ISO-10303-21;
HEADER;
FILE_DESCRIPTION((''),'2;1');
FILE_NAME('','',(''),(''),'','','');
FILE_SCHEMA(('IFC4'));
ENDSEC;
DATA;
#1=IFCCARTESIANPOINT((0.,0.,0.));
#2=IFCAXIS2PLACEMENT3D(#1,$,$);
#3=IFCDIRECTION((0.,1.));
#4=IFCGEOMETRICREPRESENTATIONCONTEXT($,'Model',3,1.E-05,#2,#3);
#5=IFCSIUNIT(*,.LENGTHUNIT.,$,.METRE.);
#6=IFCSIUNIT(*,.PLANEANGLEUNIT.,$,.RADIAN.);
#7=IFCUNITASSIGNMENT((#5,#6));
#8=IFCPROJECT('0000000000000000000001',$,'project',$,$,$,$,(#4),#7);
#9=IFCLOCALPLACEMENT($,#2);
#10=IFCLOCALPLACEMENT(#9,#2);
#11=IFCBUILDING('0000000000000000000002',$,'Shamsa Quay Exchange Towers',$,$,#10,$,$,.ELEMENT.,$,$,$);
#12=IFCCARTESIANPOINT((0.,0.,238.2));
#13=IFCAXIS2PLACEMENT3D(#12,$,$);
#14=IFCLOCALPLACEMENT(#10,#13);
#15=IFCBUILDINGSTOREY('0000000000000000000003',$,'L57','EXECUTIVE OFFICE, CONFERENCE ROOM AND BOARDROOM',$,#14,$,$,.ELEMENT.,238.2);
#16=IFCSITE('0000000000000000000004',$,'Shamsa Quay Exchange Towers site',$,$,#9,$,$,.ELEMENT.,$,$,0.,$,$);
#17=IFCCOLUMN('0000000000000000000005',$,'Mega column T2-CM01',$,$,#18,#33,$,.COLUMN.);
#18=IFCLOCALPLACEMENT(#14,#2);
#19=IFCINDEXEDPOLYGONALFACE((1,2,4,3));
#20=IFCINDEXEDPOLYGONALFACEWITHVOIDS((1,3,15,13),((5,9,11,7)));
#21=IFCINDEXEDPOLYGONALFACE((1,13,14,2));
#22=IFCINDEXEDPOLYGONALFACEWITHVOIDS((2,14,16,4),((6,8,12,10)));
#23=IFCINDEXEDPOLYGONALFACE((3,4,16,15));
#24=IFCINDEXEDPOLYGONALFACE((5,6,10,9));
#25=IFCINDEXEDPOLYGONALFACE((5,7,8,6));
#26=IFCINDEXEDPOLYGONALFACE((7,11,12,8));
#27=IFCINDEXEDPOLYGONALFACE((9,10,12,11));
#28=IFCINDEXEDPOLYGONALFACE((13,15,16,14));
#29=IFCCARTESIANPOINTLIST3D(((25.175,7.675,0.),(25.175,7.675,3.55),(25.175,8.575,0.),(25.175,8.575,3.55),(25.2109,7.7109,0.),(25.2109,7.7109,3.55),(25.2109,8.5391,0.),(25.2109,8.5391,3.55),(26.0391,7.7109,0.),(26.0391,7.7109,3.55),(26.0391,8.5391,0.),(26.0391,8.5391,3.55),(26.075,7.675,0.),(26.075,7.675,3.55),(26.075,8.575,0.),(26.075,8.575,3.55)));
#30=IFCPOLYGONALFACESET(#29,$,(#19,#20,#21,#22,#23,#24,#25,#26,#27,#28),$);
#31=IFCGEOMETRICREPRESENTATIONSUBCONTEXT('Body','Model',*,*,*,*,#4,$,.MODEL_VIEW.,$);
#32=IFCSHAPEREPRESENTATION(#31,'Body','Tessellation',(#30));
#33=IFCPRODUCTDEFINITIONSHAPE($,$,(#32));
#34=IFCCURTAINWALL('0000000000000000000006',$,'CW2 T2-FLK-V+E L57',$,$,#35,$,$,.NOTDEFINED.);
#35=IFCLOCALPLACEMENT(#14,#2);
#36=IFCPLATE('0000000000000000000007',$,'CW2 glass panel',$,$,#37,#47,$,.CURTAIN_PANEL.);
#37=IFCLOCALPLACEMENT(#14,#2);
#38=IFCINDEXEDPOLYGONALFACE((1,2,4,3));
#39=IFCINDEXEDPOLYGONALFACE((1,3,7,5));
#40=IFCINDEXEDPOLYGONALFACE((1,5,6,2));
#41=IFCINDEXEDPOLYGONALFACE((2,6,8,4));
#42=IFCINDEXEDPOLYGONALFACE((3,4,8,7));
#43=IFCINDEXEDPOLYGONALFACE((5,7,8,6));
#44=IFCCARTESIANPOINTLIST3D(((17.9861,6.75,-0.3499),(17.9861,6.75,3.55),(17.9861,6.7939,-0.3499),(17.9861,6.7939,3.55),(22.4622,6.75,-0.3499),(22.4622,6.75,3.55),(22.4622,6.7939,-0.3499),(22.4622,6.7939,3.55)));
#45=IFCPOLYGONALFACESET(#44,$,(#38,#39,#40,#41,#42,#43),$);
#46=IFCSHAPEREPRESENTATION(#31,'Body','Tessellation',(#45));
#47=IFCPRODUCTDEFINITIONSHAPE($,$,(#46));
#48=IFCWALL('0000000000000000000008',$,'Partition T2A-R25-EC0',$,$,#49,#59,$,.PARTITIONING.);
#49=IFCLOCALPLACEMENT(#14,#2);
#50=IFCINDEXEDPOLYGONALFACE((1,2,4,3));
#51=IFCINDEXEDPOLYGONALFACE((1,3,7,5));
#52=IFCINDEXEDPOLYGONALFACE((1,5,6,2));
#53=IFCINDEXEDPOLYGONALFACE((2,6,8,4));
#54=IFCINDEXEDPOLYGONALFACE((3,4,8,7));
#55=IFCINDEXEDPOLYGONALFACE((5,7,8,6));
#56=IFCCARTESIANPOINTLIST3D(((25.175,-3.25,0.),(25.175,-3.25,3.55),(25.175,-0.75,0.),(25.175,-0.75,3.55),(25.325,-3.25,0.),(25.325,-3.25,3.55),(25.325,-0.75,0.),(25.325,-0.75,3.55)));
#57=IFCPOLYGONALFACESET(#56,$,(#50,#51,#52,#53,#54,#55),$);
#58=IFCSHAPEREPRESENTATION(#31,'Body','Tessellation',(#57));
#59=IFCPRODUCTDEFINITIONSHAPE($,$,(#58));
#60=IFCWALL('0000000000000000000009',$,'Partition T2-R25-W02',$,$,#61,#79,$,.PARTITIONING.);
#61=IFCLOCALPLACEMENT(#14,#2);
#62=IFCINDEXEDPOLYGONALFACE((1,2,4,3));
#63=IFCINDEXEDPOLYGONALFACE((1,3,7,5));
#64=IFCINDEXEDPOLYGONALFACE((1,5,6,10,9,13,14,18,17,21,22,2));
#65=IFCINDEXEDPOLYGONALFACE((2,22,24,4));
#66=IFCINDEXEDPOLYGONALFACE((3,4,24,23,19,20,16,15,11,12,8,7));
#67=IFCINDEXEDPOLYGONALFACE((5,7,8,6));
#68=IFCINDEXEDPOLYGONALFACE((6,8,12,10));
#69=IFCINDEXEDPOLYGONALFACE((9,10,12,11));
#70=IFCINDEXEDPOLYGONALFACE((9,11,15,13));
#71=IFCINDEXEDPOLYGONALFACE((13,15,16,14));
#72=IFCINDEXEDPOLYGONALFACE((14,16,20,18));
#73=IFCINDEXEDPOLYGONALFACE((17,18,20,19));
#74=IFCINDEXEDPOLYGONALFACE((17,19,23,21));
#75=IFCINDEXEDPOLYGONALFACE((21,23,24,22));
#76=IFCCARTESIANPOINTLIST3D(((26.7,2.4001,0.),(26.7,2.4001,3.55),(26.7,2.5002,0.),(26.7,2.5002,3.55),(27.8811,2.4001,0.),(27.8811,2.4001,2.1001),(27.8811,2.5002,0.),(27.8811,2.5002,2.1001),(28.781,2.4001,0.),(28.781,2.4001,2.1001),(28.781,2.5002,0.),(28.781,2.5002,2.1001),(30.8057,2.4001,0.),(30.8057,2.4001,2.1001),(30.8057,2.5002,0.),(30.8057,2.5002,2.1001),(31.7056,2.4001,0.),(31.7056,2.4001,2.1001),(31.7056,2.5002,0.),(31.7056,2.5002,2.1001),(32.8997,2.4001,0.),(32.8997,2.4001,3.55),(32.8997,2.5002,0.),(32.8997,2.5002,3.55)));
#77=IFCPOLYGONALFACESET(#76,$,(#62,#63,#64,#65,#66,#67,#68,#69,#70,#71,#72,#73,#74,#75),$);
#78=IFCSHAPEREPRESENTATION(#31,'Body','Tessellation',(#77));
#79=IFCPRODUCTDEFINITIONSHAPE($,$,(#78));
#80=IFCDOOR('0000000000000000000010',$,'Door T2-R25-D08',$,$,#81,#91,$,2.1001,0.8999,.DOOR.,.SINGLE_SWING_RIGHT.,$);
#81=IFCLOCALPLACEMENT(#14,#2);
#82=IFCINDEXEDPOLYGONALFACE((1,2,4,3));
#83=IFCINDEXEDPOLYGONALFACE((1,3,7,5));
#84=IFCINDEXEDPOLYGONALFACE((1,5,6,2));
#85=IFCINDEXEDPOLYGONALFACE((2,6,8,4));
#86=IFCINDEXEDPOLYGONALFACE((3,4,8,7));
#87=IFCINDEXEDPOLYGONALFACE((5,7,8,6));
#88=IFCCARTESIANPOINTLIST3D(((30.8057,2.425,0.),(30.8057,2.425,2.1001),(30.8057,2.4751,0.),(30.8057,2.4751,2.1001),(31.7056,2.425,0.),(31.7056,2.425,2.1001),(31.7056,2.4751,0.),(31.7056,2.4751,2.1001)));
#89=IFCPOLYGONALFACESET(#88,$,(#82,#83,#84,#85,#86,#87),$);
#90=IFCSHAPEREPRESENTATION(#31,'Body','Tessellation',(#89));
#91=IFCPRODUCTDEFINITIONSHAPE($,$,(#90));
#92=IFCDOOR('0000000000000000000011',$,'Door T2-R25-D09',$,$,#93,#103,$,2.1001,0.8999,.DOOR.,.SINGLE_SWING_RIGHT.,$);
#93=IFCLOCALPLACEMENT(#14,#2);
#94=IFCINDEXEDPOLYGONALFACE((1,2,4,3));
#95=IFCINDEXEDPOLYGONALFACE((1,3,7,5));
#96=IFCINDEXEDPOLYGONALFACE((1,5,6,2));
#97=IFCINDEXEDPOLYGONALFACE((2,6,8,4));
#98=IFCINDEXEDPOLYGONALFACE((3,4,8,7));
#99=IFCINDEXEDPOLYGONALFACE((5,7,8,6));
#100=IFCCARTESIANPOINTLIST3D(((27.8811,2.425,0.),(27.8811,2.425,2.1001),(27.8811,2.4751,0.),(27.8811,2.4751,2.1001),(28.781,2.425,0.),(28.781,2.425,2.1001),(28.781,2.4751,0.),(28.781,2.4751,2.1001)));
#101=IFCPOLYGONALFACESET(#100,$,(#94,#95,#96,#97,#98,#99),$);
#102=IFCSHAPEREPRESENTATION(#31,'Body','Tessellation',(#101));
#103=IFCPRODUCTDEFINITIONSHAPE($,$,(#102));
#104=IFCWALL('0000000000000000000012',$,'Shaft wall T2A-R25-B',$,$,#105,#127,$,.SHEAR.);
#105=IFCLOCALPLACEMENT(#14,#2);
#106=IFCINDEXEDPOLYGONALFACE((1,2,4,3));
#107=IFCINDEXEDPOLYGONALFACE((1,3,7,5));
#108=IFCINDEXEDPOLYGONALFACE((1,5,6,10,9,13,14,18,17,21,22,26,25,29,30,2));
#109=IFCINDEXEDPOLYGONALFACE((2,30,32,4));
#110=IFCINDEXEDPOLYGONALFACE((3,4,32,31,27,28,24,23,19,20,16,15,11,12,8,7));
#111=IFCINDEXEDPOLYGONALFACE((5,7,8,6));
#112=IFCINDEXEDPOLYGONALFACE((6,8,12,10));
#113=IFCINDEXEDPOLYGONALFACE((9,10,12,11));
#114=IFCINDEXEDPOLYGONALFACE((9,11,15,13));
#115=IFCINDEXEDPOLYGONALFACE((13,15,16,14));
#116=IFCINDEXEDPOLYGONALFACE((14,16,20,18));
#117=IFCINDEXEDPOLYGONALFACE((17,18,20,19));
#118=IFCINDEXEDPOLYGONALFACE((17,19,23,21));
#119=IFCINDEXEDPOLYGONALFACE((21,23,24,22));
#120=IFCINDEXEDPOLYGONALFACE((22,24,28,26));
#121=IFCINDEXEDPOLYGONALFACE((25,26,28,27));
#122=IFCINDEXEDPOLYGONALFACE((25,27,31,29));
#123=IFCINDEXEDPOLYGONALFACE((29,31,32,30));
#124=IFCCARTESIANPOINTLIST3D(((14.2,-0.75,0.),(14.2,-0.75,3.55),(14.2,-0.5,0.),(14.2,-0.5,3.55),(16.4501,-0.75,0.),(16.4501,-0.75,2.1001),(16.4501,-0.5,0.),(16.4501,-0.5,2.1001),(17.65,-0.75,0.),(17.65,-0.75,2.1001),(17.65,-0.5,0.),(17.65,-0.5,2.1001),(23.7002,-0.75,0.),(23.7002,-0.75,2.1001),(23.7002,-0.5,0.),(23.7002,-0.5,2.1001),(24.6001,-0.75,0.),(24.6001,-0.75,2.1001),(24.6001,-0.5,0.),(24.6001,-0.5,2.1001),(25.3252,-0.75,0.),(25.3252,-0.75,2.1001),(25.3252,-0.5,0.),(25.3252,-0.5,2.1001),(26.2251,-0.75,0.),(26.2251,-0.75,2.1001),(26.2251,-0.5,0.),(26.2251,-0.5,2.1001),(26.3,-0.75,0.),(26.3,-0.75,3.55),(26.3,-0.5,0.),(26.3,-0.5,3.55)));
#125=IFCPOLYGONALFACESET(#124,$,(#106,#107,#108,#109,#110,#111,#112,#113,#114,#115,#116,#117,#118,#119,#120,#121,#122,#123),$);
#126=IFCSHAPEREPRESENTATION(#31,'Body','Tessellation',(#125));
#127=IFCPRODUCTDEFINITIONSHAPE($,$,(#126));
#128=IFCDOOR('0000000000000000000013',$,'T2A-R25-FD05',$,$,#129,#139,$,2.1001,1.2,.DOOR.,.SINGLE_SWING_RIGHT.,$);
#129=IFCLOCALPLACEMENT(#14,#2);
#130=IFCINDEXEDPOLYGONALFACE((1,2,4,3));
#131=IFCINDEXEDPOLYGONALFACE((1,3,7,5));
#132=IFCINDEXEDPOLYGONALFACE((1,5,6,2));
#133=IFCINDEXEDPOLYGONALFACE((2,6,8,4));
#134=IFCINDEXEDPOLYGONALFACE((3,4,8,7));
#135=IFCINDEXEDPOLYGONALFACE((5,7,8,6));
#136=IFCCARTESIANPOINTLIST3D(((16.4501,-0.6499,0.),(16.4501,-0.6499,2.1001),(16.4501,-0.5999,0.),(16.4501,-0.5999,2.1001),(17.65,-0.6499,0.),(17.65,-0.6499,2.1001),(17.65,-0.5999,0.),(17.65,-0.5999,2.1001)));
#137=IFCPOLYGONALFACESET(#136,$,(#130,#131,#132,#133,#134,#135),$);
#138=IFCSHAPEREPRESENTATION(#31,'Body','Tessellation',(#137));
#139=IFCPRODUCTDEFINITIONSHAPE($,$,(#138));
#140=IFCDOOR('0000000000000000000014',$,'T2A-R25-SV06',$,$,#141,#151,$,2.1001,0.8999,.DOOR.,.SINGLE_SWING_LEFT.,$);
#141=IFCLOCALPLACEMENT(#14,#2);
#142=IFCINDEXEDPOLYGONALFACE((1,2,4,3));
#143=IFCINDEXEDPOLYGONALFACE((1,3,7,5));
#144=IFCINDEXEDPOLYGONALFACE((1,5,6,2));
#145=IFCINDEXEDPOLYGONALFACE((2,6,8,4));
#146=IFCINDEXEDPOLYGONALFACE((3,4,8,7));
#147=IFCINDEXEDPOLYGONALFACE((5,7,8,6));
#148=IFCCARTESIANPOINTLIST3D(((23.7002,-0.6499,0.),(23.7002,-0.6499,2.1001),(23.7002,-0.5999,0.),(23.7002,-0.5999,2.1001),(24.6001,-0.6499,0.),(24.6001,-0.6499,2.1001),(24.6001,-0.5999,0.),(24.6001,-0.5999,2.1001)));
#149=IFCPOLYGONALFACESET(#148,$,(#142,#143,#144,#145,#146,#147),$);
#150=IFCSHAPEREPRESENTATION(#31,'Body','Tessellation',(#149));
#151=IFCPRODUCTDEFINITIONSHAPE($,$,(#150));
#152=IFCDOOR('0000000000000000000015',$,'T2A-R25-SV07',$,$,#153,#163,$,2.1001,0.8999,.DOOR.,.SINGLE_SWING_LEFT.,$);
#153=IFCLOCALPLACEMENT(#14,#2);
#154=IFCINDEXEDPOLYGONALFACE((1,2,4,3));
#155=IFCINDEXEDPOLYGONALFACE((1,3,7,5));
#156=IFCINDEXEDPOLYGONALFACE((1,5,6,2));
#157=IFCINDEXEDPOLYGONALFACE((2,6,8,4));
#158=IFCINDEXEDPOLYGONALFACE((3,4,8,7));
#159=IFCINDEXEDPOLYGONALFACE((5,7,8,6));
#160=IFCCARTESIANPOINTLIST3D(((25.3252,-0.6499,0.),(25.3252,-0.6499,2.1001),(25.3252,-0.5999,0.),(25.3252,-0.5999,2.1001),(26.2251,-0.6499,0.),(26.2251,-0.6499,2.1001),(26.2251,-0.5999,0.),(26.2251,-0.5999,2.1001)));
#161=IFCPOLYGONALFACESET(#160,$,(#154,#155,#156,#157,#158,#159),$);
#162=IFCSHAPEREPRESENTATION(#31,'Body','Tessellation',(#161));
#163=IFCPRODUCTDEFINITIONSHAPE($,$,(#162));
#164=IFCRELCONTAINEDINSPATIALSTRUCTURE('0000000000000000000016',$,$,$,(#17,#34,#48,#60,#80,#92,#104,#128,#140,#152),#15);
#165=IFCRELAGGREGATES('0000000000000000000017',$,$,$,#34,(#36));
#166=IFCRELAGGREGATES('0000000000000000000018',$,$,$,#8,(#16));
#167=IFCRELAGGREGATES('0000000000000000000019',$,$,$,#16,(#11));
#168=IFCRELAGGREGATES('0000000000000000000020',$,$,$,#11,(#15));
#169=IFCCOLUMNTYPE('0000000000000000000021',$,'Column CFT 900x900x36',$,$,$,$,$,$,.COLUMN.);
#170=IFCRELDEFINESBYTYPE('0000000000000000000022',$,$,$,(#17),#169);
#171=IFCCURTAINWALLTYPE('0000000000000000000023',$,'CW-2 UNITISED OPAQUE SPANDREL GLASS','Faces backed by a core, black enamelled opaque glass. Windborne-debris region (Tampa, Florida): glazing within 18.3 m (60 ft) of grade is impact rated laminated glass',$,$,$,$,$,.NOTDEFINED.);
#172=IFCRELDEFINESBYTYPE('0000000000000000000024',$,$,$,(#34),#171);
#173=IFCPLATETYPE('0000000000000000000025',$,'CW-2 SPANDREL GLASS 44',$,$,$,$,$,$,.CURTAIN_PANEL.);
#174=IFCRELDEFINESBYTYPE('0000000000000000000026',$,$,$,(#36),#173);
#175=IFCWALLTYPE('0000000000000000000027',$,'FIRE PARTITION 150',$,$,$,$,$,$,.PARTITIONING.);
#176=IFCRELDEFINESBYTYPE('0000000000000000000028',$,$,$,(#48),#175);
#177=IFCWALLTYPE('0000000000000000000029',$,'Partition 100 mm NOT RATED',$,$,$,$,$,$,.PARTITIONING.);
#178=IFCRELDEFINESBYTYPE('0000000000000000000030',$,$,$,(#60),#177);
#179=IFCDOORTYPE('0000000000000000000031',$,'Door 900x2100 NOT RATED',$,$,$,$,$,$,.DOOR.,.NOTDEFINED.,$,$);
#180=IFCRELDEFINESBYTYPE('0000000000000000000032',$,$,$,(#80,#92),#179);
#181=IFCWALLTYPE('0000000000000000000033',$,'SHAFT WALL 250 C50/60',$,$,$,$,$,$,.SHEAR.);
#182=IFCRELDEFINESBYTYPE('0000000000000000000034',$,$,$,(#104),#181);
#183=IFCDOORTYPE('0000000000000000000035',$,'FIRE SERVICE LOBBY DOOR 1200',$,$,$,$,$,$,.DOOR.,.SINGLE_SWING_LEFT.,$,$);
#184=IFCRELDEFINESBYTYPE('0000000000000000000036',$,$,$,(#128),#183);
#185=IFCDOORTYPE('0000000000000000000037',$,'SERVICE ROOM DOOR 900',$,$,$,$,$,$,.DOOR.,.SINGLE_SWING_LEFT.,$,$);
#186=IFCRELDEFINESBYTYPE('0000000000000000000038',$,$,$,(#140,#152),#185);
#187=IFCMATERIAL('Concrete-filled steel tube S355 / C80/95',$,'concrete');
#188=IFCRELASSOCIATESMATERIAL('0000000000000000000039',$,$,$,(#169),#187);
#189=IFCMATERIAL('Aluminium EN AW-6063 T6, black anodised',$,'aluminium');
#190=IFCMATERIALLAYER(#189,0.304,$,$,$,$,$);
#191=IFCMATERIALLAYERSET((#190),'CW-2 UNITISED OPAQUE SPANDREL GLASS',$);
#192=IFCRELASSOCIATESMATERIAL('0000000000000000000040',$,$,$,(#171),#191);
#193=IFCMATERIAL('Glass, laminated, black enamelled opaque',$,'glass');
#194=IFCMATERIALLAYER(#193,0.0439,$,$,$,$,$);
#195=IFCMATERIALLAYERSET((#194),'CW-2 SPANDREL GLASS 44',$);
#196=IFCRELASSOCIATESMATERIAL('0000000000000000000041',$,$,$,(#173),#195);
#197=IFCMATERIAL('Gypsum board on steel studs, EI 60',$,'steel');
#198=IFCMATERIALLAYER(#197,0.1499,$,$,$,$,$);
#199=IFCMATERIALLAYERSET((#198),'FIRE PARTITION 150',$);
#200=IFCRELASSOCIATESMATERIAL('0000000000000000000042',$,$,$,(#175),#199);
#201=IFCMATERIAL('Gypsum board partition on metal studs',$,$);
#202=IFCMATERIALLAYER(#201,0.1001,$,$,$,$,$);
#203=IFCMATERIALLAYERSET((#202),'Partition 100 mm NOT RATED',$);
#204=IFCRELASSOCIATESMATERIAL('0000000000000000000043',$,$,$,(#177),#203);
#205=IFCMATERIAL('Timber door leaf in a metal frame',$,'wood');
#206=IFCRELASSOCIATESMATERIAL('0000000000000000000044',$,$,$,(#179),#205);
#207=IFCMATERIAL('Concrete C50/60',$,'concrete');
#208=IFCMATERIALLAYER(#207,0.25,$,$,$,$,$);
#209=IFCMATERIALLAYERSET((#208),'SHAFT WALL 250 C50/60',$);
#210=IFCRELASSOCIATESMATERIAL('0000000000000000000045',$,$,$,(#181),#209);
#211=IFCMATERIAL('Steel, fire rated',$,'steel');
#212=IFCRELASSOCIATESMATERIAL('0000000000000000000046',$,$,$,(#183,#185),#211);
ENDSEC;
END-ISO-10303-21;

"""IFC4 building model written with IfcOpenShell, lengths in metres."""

from ifc_helpers import new_model, si_unit, direction, frame, frame_2d, origin, origin_2d, place, context, subcontext, project, spatial, rectangle, hollow_rectangle, extrude, material, layer, layer_set, material_profile, profile_set, type_object, element, fill, aggregate, save


model = new_model("IFC4")

# Units and contexts
model_context = context("Model", 3, precision=1e-05, world=origin(), true_north=direction((0.0, 1.0)))
body_context = subcontext(model_context, "Body", "Model", "MODEL_VIEW")
ifc_project = project(units=[si_unit("LENGTHUNIT", "METRE"), si_unit("PLANEANGLEUNIT", "RADIAN")], contexts=[model_context])

# Site, building, storey
site_placement = place(None, origin())
site = spatial("IfcSite", under=ifc_project, at=site_placement, Name="Shamsa Quay Exchange Towers site", CompositionType="ELEMENT", RefElevation=0.0)
building_placement = place(site_placement, origin())
building = spatial("IfcBuilding", under=site, at=building_placement, Name="Shamsa Quay Exchange Towers", CompositionType="ELEMENT")
storey_placement = place(building_placement, frame((0.0, 0.0, 238.2)))
storey = spatial("IfcBuildingStorey", under=building, at=storey_placement, Name="L57", Description="EXECUTIVE OFFICE, CONFERENCE ROOM AND BOARDROOM", CompositionType="ELEMENT", Elevation=238.2)

# Column
ifc_material_1 = material(Name="Concrete-filled steel tube S355 / C80/95", Category="concrete")
ifc_material_profile = material_profile(ifc_material_1, hollow_rectangle(XDim=0.8999, YDim=0.8999, WallThickness=0.0359, at=origin_2d()), Name="CFT 900x900x36")
ifc_profile_set = profile_set([ifc_material_profile], Name="Concrete-filled steel tube S355 / C80/95")
column_type = type_object("IfcColumnType", Name="Column CFT 900x900x36", PredefinedType="COLUMN", material=ifc_profile_set)
column_placement = place(storey_placement, frame((25.625, 8.125, 0.0)))
element("IfcColumn", 1, at=column_placement, inside=storey, type_object=column_type, Name="Mega column T2-CM01", PredefinedType="COLUMN", context=body_context, shape_type="SweptSolid", body=[
    extrude(hollow_rectangle(XDim=0.8999, YDim=0.8999, WallThickness=0.0359, at=origin_2d()), origin(), (0.0, 0.0, 1.0), 3.55),
])

# Curtain wall, plate
ifc_material_2 = material(Name="Aluminium EN AW-6063 T6, black anodised", Category="aluminium")
ifc_layer_1 = layer(ifc_material_2, 0.304)
ifc_layer_set_1 = layer_set([ifc_layer_1], Name="CW-2 UNITISED OPAQUE SPANDREL GLASS")
curtain_wall_type = type_object("IfcCurtainWallType", Name="CW-2 UNITISED OPAQUE SPANDREL GLASS", Description="Faces backed by a core, black enamelled opaque glass. Windborne-debris region (Tampa, Florida): glazing within 18.3 m (60 ft) of grade is impact rated laminated glass", PredefinedType="NOTDEFINED", material=ifc_layer_set_1)
curtain_wall_placement = place(storey_placement, origin())
curtain_wall = element("IfcCurtainWall", 2, at=curtain_wall_placement, inside=storey, type_object=curtain_wall_type, Name="CW2 T2-FLK-V+E L57", PredefinedType="NOTDEFINED")
ifc_material_3 = material(Name="Glass, laminated, black enamelled opaque", Category="glass")
ifc_layer_2 = layer(ifc_material_3, 0.0439)
ifc_layer_set_2 = layer_set([ifc_layer_2], Name="CW-2 SPANDREL GLASS 44")
plate_type = type_object("IfcPlateType", Name="CW-2 SPANDREL GLASS 44", PredefinedType="CURTAIN_PANEL", material=ifc_layer_set_2)
plate_placement = place(storey_placement, frame((20.2241, 6.772, -0.3499), z_axis=(0.0, 0.0, 1.0), x_axis=(-1.0, 0.0, 0.0)))
plate = element("IfcPlate", 3, at=plate_placement, type_object=plate_type, Name="CW2 glass panel", PredefinedType="CURTAIN_PANEL", context=body_context, shape_type="SweptSolid", body=[
    extrude(rectangle(XDim=4.4761, YDim=0.0439, at=origin_2d()), origin(), (0.0, 0.0, 1.0), 3.8999),
])
aggregate(curtain_wall, [plate])

# Shared definitions
ifc_material_4 = material(Name="Steel, fire rated", Category="steel")

# Wall
ifc_material_5 = material(Name="Gypsum board on steel studs, EI 60", Category="steel")
ifc_layer_3 = layer(ifc_material_5, 0.1499)
ifc_layer_set_3 = layer_set([ifc_layer_3], Name="FIRE PARTITION 150")
wall_type_1 = type_object("IfcWallType", Name="FIRE PARTITION 150", PredefinedType="PARTITIONING", material=ifc_layer_set_3)
wall_1_placement = place(storey_placement, frame((25.25, -3.25, 0.0), z_axis=(0.0, 0.0, 1.0), x_axis=(0.0, 1.0, 0.0)))
element("IfcWall", 4, at=wall_1_placement, inside=storey, type_object=wall_type_1, Name="Partition T2A-R25-EC0", PredefinedType="PARTITIONING", context=body_context, shape_type="SweptSolid", body=[
    extrude(rectangle(XDim=2.5, YDim=0.1499, at=frame_2d((1.25, 0.0))), origin(), (0.0, 0.0, 1.0), 3.55),
])

# Walls, openings, doors
ifc_material_6 = material(Name="Gypsum board partition on metal studs")
ifc_layer_4 = layer(ifc_material_6, 0.1001)
ifc_layer_set_4 = layer_set([ifc_layer_4], Name="Partition 100 mm NOT RATED")
wall_type_2 = type_object("IfcWallType", Name="Partition 100 mm NOT RATED", PredefinedType="PARTITIONING", material=ifc_layer_set_4)
wall_2_placement = place(storey_placement, frame((26.7, 2.4502, 0.0)))
wall_2 = element("IfcWall", 5, at=wall_2_placement, inside=storey, type_object=wall_type_2, Name="Partition T2-R25-W02", PredefinedType="PARTITIONING", context=body_context, shape_type="SweptSolid", body=[
    extrude(rectangle(XDim=6.1997, YDim=0.1001, at=frame_2d((3.0999, 0.0))), origin(), (0.0, 0.0, 1.0), 3.55),
])
opening_1_placement = place(wall_2_placement, frame((4.1057, 0.0, 0.0)))
opening_1 = element("IfcOpeningElement", 6, at=opening_1_placement, cuts=wall_2, PredefinedType="OPENING", context=body_context, shape_type="SweptSolid", body=[
    extrude(rectangle(XDim=0.8999, YDim=2.1001, at=frame_2d((0.45, 1.05))), frame((0.0, 0.0601, 0.0), z_axis=(0.0, -1.0, 0.0), x_axis=(1.0, 0.0, 0.0)), (0.0, 0.0, 1.0), 0.1201),
])
opening_2_placement = place(wall_2_placement, frame((1.1812, 0.0, 0.0)))
opening_2 = element("IfcOpeningElement", 7, at=opening_2_placement, cuts=wall_2, PredefinedType="OPENING", context=body_context, shape_type="SweptSolid", body=[
    extrude(rectangle(XDim=0.8999, YDim=2.1001, at=frame_2d((0.45, 1.05))), frame((0.0, 0.0601, 0.0), z_axis=(0.0, -1.0, 0.0), x_axis=(1.0, 0.0, 0.0)), (0.0, 0.0, 1.0), 0.1201),
])
ifc_material_7 = material(Name="Timber door leaf in a metal frame", Category="wood")
door_type_1 = type_object("IfcDoorType", Name="Door 900x2100 NOT RATED", OperationType="NOTDEFINED", PredefinedType="DOOR", material=ifc_material_7)
door_1_placement = place(opening_1_placement, origin())
door_1 = element("IfcDoor", 8, at=door_1_placement, inside=storey, type_object=door_type_1, Name="Door T2-R25-D08", OperationType="SINGLE_SWING_RIGHT", OverallHeight=2.1001, OverallWidth=0.8999, PredefinedType="DOOR", context=body_context, shape_type="SweptSolid", body=[
    extrude(rectangle(XDim=0.8999, YDim=2.1001, at=frame_2d((0.45, 1.05))), frame((0.0, 0.0249, 0.0), z_axis=(0.0, -1.0, 0.0), x_axis=(1.0, 0.0, 0.0)), (0.0, 0.0, 1.0), 0.05),
])
fill(opening_1, door_1)
door_2_placement = place(opening_2_placement, origin())
door_2 = element("IfcDoor", 9, at=door_2_placement, inside=storey, type_object=door_type_1, Name="Door T2-R25-D09", OperationType="SINGLE_SWING_RIGHT", OverallHeight=2.1001, OverallWidth=0.8999, PredefinedType="DOOR", context=body_context, shape_type="SweptSolid", body=[
    extrude(rectangle(XDim=0.8999, YDim=2.1001, at=frame_2d((0.45, 1.05))), frame((0.0, 0.0249, 0.0), z_axis=(0.0, -1.0, 0.0), x_axis=(1.0, 0.0, 0.0)), (0.0, 0.0, 1.0), 0.05),
])
fill(opening_2, door_2)
ifc_material_8 = material(Name="Concrete C50/60", Category="concrete")
ifc_layer_5 = layer(ifc_material_8, 0.25)
ifc_layer_set_5 = layer_set([ifc_layer_5], Name="SHAFT WALL 250 C50/60")
wall_type_3 = type_object("IfcWallType", Name="SHAFT WALL 250 C50/60", PredefinedType="SHEAR", material=ifc_layer_set_5)
wall_3_placement = place(storey_placement, frame((26.3, -0.625, 0.0), z_axis=(0.0, 0.0, 1.0), x_axis=(-1.0, 0.0, 0.0)))
wall_3 = element("IfcWall", 10, at=wall_3_placement, inside=storey, type_object=wall_type_3, Name="Shaft wall T2A-R25-B", PredefinedType="SHEAR", context=body_context, shape_type="SweptSolid", body=[
    extrude(rectangle(XDim=12.1001, YDim=0.25, at=frame_2d((6.05, 0.0))), origin(), (0.0, 0.0, 1.0), 3.55),
])
opening_3_placement = place(wall_3_placement, frame((8.6499, 0.0, 0.0)))
opening_3 = element("IfcOpeningElement", 11, at=opening_3_placement, cuts=wall_3, PredefinedType="OPENING", context=body_context, shape_type="SweptSolid", body=[
    extrude(rectangle(XDim=1.2, YDim=2.1001, at=frame_2d((0.6001, 1.05))), frame((0.0, 0.135, 0.0), z_axis=(0.0, -1.0, 0.0), x_axis=(1.0, 0.0, 0.0)), (0.0, 0.0, 1.0), 0.27),
])
opening_4_placement = place(wall_3_placement, frame((1.7, 0.0, 0.0)))
opening_4 = element("IfcOpeningElement", 12, at=opening_4_placement, cuts=wall_3, PredefinedType="OPENING", context=body_context, shape_type="SweptSolid", body=[
    extrude(rectangle(XDim=0.8999, YDim=2.1001, at=frame_2d((0.45, 1.05))), frame((0.0, 0.135, 0.0), z_axis=(0.0, -1.0, 0.0), x_axis=(1.0, 0.0, 0.0)), (0.0, 0.0, 1.0), 0.27),
])
opening_5_placement = place(wall_3_placement, frame((0.075, 0.0, 0.0)))
opening_5 = element("IfcOpeningElement", 13, at=opening_5_placement, cuts=wall_3, PredefinedType="OPENING", context=body_context, shape_type="SweptSolid", body=[
    extrude(rectangle(XDim=0.8999, YDim=2.1001, at=frame_2d((0.45, 1.05))), frame((0.0, 0.135, 0.0), z_axis=(0.0, -1.0, 0.0), x_axis=(1.0, 0.0, 0.0)), (0.0, 0.0, 1.0), 0.27),
])
door_type_2 = type_object("IfcDoorType", Name="FIRE SERVICE LOBBY DOOR 1200", OperationType="SINGLE_SWING_LEFT", PredefinedType="DOOR", material=ifc_material_4)
door_3_placement = place(opening_3_placement, origin())
door_3 = element("IfcDoor", 14, at=door_3_placement, inside=storey, type_object=door_type_2, Name="T2A-R25-FD05", OperationType="SINGLE_SWING_RIGHT", OverallHeight=2.1001, OverallWidth=1.2, PredefinedType="DOOR", context=body_context, shape_type="SweptSolid", body=[
    extrude(rectangle(XDim=1.2, YDim=2.1001, at=frame_2d((0.6001, 1.05))), frame((0.0, 0.0249, 0.0), z_axis=(0.0, -1.0, 0.0), x_axis=(1.0, 0.0, 0.0)), (0.0, 0.0, 1.0), 0.05),
])
fill(opening_3, door_3)
door_type_3 = type_object("IfcDoorType", Name="SERVICE ROOM DOOR 900", OperationType="SINGLE_SWING_LEFT", PredefinedType="DOOR", material=ifc_material_4)
door_4_placement = place(opening_4_placement, origin())
door_4 = element("IfcDoor", 15, at=door_4_placement, inside=storey, type_object=door_type_3, Name="T2A-R25-SV06", OperationType="SINGLE_SWING_LEFT", OverallHeight=2.1001, OverallWidth=0.8999, PredefinedType="DOOR", context=body_context, shape_type="SweptSolid", body=[
    extrude(rectangle(XDim=0.8999, YDim=2.1001, at=frame_2d((0.45, 1.05))), frame((0.0, 0.0249, 0.0), z_axis=(0.0, -1.0, 0.0), x_axis=(1.0, 0.0, 0.0)), (0.0, 0.0, 1.0), 0.05),
])
fill(opening_4, door_4)
door_5_placement = place(opening_5_placement, origin())
door_5 = element("IfcDoor", 16, at=door_5_placement, inside=storey, type_object=door_type_3, Name="T2A-R25-SV07", OperationType="SINGLE_SWING_LEFT", OverallHeight=2.1001, OverallWidth=0.8999, PredefinedType="DOOR", context=body_context, shape_type="SweptSolid", body=[
    extrude(rectangle(XDim=0.8999, YDim=2.1001, at=frame_2d((0.45, 1.05))), frame((0.0, 0.0249, 0.0), z_axis=(0.0, -1.0, 0.0), x_axis=(1.0, 0.0, 0.0)), (0.0, 0.0, 1.0), 0.05),
])
fill(opening_5, door_5)

save(model, "model.ifc")
